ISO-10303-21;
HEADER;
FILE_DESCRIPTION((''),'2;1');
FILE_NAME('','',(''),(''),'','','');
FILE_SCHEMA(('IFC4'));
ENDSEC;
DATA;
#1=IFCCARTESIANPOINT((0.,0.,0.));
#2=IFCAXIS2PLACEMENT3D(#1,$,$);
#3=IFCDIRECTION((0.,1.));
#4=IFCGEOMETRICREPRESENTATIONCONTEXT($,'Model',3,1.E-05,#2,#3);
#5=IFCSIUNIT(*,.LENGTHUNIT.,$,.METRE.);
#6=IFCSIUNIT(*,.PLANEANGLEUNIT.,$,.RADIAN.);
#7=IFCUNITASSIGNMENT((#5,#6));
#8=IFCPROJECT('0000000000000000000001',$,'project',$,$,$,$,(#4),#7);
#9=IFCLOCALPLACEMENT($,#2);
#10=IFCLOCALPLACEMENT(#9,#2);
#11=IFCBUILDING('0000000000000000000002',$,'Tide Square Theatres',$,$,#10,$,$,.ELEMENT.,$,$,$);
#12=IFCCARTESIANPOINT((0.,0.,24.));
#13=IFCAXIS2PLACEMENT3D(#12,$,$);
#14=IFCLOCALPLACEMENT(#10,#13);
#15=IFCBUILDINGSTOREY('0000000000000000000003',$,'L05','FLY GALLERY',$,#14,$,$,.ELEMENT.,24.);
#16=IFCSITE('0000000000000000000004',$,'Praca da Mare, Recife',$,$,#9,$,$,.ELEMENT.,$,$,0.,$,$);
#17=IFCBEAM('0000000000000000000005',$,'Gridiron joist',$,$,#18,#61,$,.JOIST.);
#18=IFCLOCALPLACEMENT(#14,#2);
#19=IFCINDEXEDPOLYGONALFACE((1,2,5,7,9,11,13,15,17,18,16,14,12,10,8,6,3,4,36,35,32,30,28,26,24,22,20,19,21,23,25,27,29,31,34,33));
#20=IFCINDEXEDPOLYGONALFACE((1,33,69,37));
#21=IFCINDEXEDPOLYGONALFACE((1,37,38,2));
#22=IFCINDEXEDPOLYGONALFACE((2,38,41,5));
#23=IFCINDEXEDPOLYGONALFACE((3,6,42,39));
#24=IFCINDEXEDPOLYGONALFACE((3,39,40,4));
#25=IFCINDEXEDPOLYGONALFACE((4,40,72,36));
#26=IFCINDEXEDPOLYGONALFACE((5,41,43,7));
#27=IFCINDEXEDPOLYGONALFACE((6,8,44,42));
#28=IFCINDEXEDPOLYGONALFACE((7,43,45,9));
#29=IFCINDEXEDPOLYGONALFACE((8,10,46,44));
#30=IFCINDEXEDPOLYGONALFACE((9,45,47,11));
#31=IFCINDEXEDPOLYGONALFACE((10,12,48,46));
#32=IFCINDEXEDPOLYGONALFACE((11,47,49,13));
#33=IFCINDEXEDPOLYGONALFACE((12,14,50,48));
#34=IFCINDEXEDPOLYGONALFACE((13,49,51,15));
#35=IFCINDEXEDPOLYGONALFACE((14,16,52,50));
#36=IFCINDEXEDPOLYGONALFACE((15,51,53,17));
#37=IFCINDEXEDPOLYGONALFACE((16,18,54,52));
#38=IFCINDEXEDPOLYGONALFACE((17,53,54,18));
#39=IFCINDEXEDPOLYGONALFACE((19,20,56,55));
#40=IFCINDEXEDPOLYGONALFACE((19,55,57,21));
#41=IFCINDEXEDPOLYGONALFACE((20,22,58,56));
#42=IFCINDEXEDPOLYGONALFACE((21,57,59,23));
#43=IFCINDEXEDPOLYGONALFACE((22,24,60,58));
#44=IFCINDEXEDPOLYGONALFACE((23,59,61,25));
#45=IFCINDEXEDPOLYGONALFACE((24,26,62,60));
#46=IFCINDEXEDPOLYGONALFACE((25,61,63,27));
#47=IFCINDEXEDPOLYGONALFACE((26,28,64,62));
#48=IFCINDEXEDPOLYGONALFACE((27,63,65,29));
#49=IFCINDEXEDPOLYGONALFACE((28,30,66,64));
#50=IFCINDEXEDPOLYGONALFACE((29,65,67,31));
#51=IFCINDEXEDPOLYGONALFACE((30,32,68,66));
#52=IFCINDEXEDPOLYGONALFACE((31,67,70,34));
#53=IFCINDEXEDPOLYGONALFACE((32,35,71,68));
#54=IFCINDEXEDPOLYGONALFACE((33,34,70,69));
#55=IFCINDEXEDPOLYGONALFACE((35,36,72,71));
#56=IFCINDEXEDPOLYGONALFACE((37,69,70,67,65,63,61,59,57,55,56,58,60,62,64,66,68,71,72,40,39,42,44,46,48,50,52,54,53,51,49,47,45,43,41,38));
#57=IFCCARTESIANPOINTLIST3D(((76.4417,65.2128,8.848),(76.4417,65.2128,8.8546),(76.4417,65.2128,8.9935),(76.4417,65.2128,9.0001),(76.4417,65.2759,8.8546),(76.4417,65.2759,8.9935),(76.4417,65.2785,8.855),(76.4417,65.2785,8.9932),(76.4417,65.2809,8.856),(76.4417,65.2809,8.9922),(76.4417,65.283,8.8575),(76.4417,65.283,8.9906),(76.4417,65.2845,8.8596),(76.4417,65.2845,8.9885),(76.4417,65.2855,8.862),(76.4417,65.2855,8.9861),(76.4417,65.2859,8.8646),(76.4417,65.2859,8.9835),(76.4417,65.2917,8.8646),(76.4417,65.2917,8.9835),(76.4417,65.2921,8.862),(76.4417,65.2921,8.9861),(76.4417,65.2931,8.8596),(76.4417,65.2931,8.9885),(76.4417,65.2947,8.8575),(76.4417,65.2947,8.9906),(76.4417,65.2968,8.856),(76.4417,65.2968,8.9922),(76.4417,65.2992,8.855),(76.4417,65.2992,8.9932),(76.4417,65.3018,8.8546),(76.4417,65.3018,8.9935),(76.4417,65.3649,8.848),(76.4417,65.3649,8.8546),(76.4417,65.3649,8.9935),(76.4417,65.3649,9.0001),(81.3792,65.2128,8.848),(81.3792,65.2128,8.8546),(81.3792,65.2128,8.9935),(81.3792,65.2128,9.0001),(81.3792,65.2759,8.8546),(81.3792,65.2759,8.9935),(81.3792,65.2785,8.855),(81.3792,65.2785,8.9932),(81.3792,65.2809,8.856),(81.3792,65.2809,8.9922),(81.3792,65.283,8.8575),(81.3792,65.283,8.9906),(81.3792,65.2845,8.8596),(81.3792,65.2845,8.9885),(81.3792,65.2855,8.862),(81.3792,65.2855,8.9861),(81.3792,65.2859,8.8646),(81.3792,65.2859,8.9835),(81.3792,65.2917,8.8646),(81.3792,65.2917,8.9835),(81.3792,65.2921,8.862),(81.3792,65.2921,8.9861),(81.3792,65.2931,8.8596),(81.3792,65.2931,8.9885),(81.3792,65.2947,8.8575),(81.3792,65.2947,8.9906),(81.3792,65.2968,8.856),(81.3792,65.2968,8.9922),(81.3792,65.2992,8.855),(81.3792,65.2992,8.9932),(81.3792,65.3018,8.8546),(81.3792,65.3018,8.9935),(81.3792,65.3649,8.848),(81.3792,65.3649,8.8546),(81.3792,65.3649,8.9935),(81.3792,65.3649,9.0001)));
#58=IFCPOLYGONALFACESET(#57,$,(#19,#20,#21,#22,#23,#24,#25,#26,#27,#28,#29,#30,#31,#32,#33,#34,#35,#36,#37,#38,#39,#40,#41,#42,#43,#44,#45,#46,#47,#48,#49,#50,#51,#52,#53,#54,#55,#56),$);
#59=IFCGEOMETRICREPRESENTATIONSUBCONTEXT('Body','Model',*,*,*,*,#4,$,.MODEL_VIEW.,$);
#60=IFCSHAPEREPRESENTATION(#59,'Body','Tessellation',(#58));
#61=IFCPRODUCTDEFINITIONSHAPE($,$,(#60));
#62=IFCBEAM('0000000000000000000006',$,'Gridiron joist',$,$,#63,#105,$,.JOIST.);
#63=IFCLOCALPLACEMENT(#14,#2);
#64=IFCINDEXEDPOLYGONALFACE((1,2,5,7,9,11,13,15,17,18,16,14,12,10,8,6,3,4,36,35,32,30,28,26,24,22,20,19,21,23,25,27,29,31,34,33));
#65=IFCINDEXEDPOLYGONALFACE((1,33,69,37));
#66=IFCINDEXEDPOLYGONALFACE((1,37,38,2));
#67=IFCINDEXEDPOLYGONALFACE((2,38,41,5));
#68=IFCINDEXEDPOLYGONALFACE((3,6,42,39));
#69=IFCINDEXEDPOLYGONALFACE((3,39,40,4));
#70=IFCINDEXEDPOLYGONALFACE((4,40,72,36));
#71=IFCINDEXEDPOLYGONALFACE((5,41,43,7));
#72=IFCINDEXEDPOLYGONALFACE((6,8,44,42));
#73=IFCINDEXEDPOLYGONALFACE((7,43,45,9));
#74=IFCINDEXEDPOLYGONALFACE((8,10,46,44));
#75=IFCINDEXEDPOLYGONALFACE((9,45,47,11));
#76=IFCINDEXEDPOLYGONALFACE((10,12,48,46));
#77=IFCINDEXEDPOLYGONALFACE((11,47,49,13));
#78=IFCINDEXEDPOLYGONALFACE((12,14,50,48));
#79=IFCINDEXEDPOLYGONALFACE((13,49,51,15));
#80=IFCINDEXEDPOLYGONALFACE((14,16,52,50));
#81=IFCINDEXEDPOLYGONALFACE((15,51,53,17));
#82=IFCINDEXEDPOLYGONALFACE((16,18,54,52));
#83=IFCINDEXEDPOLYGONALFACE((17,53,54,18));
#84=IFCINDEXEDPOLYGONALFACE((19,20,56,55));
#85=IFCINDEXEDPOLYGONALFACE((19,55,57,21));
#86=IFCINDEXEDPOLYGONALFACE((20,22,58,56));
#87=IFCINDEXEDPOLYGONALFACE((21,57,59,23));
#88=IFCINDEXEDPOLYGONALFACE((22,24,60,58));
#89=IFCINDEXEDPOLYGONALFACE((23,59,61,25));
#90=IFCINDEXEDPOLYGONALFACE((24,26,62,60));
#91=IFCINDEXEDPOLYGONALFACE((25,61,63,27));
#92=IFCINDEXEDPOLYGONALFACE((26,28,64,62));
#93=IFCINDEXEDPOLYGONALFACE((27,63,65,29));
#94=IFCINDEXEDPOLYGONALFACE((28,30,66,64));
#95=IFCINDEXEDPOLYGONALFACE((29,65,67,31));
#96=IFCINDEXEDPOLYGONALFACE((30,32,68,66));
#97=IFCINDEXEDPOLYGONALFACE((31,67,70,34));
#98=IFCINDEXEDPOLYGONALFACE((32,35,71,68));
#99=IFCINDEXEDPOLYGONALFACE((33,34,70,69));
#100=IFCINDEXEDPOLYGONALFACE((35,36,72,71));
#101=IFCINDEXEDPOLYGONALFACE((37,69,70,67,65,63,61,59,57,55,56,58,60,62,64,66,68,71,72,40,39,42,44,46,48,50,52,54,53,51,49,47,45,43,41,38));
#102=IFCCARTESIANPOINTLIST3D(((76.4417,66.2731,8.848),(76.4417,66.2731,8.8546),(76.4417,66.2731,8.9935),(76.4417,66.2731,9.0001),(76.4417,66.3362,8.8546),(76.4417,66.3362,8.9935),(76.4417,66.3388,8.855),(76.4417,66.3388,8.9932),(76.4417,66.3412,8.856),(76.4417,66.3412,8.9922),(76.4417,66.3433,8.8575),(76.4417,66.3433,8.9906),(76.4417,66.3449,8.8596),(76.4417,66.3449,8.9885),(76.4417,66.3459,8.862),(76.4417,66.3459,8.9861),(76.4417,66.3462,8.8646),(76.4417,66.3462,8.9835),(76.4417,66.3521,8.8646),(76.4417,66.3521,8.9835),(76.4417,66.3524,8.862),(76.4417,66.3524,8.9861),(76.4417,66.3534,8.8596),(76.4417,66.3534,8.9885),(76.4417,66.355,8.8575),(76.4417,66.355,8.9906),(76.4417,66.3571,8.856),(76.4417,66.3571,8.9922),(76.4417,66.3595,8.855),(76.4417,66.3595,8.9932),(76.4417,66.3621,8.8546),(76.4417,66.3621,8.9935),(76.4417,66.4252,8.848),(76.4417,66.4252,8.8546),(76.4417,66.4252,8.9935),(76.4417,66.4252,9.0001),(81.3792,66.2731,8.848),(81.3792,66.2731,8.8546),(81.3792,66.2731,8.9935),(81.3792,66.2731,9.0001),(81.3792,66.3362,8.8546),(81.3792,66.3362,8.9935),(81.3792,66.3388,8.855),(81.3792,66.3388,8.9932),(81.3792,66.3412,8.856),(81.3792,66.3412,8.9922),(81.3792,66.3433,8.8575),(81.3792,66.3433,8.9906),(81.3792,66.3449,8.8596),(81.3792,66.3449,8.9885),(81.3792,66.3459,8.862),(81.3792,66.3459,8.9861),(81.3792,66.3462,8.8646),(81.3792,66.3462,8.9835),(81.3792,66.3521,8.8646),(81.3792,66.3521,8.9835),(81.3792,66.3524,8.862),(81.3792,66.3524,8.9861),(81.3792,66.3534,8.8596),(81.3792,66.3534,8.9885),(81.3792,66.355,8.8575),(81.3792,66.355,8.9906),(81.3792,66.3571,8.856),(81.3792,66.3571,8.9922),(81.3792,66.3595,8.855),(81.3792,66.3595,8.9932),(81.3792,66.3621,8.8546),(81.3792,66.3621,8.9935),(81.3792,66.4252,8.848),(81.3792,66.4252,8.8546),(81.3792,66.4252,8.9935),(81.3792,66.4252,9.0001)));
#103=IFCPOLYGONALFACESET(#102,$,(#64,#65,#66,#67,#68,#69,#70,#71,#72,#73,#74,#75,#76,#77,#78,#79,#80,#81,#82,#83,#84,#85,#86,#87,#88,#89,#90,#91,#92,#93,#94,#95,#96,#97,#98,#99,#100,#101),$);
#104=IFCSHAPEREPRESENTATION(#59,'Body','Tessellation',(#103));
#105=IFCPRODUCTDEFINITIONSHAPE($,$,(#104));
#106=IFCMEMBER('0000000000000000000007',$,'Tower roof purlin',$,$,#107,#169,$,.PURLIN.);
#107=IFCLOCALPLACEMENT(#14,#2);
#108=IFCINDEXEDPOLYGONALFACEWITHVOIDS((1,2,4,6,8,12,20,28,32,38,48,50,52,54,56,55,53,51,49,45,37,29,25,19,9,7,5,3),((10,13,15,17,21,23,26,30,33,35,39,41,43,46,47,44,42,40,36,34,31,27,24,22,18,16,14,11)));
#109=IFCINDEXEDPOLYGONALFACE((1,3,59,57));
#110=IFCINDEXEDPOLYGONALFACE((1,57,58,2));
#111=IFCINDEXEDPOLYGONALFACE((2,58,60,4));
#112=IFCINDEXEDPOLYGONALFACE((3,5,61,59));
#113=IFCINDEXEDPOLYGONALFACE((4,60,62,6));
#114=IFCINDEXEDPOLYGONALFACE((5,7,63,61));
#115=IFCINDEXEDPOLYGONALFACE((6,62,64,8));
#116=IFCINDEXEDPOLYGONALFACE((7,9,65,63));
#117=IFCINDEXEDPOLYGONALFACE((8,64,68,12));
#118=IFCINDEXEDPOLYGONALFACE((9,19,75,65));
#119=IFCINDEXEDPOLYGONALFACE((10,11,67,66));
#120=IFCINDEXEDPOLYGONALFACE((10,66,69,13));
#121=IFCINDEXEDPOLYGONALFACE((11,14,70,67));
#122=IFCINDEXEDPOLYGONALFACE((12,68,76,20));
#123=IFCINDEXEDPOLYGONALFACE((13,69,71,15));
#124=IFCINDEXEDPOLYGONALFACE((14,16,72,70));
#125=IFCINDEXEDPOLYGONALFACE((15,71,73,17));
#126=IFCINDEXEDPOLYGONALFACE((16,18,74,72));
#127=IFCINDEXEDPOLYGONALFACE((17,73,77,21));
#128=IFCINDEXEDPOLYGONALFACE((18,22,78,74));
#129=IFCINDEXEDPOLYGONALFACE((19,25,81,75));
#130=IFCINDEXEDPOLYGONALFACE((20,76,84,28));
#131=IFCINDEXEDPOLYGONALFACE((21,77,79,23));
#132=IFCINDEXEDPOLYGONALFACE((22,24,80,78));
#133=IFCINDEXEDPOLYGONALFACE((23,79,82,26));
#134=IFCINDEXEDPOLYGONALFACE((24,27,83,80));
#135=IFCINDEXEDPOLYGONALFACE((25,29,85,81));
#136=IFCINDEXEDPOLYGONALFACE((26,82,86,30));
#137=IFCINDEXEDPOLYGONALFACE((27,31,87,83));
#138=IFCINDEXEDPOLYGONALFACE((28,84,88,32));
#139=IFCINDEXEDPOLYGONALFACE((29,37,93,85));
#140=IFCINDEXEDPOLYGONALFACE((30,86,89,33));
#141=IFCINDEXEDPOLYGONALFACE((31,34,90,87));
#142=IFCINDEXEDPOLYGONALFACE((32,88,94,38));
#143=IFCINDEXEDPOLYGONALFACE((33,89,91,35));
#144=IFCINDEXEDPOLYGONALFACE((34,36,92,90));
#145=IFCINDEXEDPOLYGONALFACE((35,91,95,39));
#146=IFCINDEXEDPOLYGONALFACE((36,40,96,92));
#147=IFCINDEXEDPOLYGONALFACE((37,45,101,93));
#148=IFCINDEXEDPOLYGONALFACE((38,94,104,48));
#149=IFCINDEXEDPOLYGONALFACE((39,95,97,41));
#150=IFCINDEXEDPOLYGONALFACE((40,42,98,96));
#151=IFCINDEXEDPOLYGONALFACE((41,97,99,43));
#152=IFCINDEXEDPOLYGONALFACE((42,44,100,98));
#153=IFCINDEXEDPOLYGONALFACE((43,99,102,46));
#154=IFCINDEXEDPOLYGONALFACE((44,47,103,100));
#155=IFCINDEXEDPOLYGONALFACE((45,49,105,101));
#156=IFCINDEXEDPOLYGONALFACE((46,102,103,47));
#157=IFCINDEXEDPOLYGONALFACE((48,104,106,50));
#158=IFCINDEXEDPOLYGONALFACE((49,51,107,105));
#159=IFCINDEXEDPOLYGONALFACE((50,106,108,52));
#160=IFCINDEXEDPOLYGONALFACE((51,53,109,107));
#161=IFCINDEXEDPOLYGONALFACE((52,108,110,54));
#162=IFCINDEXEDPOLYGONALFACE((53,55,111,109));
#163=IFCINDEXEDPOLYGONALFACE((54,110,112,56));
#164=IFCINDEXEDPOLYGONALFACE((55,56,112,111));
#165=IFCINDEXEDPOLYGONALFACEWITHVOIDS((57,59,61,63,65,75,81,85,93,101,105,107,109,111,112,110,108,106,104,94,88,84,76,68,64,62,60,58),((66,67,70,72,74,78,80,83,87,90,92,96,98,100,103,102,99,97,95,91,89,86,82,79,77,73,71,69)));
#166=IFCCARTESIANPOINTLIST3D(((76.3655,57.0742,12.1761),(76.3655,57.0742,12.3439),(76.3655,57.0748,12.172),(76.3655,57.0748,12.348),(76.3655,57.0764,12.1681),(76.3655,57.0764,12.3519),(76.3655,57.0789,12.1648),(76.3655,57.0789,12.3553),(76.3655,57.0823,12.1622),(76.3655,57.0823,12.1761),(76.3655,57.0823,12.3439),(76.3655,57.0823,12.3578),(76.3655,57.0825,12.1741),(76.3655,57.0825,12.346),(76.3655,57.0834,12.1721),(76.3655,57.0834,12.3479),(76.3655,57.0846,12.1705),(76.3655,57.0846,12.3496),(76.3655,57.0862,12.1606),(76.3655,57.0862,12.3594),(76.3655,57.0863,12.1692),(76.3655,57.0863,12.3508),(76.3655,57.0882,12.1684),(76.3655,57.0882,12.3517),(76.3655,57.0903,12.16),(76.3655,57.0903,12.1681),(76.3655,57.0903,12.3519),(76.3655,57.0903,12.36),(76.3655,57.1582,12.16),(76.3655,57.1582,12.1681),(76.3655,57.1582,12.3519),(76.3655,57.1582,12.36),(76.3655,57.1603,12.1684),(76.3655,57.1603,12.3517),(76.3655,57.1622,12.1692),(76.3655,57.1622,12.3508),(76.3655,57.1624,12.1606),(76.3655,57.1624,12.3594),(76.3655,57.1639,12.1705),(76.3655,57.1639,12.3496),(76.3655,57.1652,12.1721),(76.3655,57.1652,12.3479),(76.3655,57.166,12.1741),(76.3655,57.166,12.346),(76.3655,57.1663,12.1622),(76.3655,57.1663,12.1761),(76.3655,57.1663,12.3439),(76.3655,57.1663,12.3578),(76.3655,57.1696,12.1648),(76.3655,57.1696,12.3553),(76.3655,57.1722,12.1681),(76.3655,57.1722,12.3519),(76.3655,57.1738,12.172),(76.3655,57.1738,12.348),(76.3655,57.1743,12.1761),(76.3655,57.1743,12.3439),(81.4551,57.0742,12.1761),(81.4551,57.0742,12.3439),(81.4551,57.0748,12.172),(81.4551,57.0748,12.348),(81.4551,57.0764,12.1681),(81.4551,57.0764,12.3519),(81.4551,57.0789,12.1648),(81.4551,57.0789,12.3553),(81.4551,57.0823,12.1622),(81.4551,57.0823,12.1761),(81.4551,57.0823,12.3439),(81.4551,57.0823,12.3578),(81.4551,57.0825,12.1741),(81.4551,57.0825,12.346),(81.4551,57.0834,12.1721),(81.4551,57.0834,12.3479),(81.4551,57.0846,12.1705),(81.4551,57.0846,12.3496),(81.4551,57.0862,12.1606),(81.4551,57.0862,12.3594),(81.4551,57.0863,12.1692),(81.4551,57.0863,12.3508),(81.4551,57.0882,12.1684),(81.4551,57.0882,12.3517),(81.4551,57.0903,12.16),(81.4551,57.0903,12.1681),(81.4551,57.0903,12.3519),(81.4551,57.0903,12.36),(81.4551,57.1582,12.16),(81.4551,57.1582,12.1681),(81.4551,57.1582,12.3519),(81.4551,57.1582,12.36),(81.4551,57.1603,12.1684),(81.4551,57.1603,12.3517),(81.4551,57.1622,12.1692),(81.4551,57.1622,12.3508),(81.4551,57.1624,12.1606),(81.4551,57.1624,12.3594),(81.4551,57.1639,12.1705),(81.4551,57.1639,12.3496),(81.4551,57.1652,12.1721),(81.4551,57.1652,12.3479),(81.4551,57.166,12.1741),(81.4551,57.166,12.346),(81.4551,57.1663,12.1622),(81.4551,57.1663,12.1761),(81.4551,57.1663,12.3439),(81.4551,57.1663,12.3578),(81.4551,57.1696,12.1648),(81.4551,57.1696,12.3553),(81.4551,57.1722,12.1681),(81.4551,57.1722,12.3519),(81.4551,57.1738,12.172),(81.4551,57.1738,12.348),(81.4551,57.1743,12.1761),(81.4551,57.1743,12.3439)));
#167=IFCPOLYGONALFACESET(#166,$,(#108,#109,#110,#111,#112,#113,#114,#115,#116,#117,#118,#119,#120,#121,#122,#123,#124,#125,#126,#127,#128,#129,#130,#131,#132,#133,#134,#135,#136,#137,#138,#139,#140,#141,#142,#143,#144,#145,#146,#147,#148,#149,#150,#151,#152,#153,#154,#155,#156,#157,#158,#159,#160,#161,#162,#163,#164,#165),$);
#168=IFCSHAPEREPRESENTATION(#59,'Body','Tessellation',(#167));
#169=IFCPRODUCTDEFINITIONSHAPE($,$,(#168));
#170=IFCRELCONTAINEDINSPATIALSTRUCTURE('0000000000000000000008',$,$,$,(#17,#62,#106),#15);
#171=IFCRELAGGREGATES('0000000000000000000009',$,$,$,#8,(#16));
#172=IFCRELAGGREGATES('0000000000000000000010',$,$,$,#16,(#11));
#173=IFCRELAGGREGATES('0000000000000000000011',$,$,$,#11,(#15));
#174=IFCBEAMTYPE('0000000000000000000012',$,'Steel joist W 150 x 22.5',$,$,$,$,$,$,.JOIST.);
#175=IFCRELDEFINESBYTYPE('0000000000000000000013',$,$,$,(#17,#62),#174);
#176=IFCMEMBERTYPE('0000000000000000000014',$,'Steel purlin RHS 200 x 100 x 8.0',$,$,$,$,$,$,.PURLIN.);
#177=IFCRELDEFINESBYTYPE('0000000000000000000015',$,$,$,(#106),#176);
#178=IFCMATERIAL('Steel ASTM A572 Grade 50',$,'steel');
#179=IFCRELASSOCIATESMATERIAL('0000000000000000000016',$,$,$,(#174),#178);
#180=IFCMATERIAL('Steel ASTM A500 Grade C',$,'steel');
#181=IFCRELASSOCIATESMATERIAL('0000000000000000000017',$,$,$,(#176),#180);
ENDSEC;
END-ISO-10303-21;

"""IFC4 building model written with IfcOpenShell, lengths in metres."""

from ifc_helpers import new_model, si_unit, direction, frame, origin, origin_2d, place, context, subcontext, project, spatial, hollow_rectangle, i_section, extrude, material, material_profile, profile_set, type_object, element, save


model = new_model("IFC4")

# Units and contexts
model_context = context("Model", 3, precision=1e-05, world=origin(), true_north=direction((0.0, 1.0)))
body_context = subcontext(model_context, "Body", "Model", "MODEL_VIEW")
ifc_project = project(units=[si_unit("LENGTHUNIT", "METRE"), si_unit("PLANEANGLEUNIT", "RADIAN")], contexts=[model_context])

# Site, building, storey
site_placement = place(None, origin())
site = spatial("IfcSite", under=ifc_project, at=site_placement, Name="Praca da Mare, Recife", CompositionType="ELEMENT", RefElevation=0.0)
building_placement = place(site_placement, origin())
building = spatial("IfcBuilding", under=site, at=building_placement, Name="Tide Square Theatres", CompositionType="ELEMENT")
storey_placement = place(building_placement, frame((0.0, 0.0, 24.0)))
storey = spatial("IfcBuildingStorey", under=building, at=storey_placement, Name="L05", Description="FLY GALLERY", CompositionType="ELEMENT", Elevation=24.0)

# Beams
ifc_material_1 = material(Name="Steel ASTM A572 Grade 50", Category="steel")
ifc_material_profile_1 = material_profile(ifc_material_1, i_section(OverallWidth=0.1521, OverallDepth=0.1521, WebThickness=0.0059, FlangeThickness=0.0066, FilletRadius=0.01, at=origin_2d()))
ifc_profile_set_1 = profile_set([ifc_material_profile_1], Name="Steel ASTM A572 Grade 50")
beam_type_1 = type_object("IfcBeamType", Name="Steel joist W 150 x 22.5", PredefinedType="JOIST", material=ifc_profile_set_1)
for number, where, z_axis, x_axis, name in (
    (1, (76.4417, 65.2888, 8.9241), (1.0, 0.0, 0.0), (0.0, 1.0, 0.0), "Gridiron joist"),
    (2, (76.4417, 66.3491, 8.9241), (1.0, 0.0, 0.0), (0.0, 1.0, 0.0), "Gridiron joist"),
):
    element("IfcBeam", number, at=place(storey_placement, frame(where, z_axis=z_axis, x_axis=x_axis)), inside=storey, type_object=beam_type_1, Name=name, PredefinedType="JOIST", context=body_context, shape_type="SweptSolid", body=[
        extrude(i_section(OverallWidth=0.1521, OverallDepth=0.1521, WebThickness=0.0059, FlangeThickness=0.0066, FilletRadius=0.01, at=origin_2d()), origin(), (0.0, 0.0, 1.0), 4.9375),
    ])

# Member
ifc_material_2 = material(Name="Steel ASTM A500 Grade C", Category="steel")
ifc_material_profile_2 = material_profile(ifc_material_2, hollow_rectangle(XDim=0.1001, YDim=0.2, WallThickness=0.0081, InnerFilletRadius=0.0081, OuterFilletRadius=0.0161, at=origin_2d()))
ifc_profile_set_2 = profile_set([ifc_material_profile_2], Name="Steel ASTM A500 Grade C")
member_type = type_object("IfcMemberType", Name="Steel purlin RHS 200 x 100 x 8.0", PredefinedType="PURLIN", material=ifc_profile_set_2)
for number, where, z_axis, x_axis, name in (
    (3, (76.3655, 57.1243, 12.26), (1.0, 0.0, 0.0), (0.0, 1.0, 0.0), "Tower roof purlin"),
):
    element("IfcMember", number, at=place(storey_placement, frame(where, z_axis=z_axis, x_axis=x_axis)), inside=storey, type_object=member_type, Name=name, PredefinedType="PURLIN", context=body_context, shape_type="SweptSolid", body=[
        extrude(hollow_rectangle(XDim=0.1001, YDim=0.2, WallThickness=0.0081, InnerFilletRadius=0.0081, OuterFilletRadius=0.0161, at=origin_2d()), origin(), (0.0, 0.0, 1.0), 5.0896),
    ])

save(model, "model.ifc")
